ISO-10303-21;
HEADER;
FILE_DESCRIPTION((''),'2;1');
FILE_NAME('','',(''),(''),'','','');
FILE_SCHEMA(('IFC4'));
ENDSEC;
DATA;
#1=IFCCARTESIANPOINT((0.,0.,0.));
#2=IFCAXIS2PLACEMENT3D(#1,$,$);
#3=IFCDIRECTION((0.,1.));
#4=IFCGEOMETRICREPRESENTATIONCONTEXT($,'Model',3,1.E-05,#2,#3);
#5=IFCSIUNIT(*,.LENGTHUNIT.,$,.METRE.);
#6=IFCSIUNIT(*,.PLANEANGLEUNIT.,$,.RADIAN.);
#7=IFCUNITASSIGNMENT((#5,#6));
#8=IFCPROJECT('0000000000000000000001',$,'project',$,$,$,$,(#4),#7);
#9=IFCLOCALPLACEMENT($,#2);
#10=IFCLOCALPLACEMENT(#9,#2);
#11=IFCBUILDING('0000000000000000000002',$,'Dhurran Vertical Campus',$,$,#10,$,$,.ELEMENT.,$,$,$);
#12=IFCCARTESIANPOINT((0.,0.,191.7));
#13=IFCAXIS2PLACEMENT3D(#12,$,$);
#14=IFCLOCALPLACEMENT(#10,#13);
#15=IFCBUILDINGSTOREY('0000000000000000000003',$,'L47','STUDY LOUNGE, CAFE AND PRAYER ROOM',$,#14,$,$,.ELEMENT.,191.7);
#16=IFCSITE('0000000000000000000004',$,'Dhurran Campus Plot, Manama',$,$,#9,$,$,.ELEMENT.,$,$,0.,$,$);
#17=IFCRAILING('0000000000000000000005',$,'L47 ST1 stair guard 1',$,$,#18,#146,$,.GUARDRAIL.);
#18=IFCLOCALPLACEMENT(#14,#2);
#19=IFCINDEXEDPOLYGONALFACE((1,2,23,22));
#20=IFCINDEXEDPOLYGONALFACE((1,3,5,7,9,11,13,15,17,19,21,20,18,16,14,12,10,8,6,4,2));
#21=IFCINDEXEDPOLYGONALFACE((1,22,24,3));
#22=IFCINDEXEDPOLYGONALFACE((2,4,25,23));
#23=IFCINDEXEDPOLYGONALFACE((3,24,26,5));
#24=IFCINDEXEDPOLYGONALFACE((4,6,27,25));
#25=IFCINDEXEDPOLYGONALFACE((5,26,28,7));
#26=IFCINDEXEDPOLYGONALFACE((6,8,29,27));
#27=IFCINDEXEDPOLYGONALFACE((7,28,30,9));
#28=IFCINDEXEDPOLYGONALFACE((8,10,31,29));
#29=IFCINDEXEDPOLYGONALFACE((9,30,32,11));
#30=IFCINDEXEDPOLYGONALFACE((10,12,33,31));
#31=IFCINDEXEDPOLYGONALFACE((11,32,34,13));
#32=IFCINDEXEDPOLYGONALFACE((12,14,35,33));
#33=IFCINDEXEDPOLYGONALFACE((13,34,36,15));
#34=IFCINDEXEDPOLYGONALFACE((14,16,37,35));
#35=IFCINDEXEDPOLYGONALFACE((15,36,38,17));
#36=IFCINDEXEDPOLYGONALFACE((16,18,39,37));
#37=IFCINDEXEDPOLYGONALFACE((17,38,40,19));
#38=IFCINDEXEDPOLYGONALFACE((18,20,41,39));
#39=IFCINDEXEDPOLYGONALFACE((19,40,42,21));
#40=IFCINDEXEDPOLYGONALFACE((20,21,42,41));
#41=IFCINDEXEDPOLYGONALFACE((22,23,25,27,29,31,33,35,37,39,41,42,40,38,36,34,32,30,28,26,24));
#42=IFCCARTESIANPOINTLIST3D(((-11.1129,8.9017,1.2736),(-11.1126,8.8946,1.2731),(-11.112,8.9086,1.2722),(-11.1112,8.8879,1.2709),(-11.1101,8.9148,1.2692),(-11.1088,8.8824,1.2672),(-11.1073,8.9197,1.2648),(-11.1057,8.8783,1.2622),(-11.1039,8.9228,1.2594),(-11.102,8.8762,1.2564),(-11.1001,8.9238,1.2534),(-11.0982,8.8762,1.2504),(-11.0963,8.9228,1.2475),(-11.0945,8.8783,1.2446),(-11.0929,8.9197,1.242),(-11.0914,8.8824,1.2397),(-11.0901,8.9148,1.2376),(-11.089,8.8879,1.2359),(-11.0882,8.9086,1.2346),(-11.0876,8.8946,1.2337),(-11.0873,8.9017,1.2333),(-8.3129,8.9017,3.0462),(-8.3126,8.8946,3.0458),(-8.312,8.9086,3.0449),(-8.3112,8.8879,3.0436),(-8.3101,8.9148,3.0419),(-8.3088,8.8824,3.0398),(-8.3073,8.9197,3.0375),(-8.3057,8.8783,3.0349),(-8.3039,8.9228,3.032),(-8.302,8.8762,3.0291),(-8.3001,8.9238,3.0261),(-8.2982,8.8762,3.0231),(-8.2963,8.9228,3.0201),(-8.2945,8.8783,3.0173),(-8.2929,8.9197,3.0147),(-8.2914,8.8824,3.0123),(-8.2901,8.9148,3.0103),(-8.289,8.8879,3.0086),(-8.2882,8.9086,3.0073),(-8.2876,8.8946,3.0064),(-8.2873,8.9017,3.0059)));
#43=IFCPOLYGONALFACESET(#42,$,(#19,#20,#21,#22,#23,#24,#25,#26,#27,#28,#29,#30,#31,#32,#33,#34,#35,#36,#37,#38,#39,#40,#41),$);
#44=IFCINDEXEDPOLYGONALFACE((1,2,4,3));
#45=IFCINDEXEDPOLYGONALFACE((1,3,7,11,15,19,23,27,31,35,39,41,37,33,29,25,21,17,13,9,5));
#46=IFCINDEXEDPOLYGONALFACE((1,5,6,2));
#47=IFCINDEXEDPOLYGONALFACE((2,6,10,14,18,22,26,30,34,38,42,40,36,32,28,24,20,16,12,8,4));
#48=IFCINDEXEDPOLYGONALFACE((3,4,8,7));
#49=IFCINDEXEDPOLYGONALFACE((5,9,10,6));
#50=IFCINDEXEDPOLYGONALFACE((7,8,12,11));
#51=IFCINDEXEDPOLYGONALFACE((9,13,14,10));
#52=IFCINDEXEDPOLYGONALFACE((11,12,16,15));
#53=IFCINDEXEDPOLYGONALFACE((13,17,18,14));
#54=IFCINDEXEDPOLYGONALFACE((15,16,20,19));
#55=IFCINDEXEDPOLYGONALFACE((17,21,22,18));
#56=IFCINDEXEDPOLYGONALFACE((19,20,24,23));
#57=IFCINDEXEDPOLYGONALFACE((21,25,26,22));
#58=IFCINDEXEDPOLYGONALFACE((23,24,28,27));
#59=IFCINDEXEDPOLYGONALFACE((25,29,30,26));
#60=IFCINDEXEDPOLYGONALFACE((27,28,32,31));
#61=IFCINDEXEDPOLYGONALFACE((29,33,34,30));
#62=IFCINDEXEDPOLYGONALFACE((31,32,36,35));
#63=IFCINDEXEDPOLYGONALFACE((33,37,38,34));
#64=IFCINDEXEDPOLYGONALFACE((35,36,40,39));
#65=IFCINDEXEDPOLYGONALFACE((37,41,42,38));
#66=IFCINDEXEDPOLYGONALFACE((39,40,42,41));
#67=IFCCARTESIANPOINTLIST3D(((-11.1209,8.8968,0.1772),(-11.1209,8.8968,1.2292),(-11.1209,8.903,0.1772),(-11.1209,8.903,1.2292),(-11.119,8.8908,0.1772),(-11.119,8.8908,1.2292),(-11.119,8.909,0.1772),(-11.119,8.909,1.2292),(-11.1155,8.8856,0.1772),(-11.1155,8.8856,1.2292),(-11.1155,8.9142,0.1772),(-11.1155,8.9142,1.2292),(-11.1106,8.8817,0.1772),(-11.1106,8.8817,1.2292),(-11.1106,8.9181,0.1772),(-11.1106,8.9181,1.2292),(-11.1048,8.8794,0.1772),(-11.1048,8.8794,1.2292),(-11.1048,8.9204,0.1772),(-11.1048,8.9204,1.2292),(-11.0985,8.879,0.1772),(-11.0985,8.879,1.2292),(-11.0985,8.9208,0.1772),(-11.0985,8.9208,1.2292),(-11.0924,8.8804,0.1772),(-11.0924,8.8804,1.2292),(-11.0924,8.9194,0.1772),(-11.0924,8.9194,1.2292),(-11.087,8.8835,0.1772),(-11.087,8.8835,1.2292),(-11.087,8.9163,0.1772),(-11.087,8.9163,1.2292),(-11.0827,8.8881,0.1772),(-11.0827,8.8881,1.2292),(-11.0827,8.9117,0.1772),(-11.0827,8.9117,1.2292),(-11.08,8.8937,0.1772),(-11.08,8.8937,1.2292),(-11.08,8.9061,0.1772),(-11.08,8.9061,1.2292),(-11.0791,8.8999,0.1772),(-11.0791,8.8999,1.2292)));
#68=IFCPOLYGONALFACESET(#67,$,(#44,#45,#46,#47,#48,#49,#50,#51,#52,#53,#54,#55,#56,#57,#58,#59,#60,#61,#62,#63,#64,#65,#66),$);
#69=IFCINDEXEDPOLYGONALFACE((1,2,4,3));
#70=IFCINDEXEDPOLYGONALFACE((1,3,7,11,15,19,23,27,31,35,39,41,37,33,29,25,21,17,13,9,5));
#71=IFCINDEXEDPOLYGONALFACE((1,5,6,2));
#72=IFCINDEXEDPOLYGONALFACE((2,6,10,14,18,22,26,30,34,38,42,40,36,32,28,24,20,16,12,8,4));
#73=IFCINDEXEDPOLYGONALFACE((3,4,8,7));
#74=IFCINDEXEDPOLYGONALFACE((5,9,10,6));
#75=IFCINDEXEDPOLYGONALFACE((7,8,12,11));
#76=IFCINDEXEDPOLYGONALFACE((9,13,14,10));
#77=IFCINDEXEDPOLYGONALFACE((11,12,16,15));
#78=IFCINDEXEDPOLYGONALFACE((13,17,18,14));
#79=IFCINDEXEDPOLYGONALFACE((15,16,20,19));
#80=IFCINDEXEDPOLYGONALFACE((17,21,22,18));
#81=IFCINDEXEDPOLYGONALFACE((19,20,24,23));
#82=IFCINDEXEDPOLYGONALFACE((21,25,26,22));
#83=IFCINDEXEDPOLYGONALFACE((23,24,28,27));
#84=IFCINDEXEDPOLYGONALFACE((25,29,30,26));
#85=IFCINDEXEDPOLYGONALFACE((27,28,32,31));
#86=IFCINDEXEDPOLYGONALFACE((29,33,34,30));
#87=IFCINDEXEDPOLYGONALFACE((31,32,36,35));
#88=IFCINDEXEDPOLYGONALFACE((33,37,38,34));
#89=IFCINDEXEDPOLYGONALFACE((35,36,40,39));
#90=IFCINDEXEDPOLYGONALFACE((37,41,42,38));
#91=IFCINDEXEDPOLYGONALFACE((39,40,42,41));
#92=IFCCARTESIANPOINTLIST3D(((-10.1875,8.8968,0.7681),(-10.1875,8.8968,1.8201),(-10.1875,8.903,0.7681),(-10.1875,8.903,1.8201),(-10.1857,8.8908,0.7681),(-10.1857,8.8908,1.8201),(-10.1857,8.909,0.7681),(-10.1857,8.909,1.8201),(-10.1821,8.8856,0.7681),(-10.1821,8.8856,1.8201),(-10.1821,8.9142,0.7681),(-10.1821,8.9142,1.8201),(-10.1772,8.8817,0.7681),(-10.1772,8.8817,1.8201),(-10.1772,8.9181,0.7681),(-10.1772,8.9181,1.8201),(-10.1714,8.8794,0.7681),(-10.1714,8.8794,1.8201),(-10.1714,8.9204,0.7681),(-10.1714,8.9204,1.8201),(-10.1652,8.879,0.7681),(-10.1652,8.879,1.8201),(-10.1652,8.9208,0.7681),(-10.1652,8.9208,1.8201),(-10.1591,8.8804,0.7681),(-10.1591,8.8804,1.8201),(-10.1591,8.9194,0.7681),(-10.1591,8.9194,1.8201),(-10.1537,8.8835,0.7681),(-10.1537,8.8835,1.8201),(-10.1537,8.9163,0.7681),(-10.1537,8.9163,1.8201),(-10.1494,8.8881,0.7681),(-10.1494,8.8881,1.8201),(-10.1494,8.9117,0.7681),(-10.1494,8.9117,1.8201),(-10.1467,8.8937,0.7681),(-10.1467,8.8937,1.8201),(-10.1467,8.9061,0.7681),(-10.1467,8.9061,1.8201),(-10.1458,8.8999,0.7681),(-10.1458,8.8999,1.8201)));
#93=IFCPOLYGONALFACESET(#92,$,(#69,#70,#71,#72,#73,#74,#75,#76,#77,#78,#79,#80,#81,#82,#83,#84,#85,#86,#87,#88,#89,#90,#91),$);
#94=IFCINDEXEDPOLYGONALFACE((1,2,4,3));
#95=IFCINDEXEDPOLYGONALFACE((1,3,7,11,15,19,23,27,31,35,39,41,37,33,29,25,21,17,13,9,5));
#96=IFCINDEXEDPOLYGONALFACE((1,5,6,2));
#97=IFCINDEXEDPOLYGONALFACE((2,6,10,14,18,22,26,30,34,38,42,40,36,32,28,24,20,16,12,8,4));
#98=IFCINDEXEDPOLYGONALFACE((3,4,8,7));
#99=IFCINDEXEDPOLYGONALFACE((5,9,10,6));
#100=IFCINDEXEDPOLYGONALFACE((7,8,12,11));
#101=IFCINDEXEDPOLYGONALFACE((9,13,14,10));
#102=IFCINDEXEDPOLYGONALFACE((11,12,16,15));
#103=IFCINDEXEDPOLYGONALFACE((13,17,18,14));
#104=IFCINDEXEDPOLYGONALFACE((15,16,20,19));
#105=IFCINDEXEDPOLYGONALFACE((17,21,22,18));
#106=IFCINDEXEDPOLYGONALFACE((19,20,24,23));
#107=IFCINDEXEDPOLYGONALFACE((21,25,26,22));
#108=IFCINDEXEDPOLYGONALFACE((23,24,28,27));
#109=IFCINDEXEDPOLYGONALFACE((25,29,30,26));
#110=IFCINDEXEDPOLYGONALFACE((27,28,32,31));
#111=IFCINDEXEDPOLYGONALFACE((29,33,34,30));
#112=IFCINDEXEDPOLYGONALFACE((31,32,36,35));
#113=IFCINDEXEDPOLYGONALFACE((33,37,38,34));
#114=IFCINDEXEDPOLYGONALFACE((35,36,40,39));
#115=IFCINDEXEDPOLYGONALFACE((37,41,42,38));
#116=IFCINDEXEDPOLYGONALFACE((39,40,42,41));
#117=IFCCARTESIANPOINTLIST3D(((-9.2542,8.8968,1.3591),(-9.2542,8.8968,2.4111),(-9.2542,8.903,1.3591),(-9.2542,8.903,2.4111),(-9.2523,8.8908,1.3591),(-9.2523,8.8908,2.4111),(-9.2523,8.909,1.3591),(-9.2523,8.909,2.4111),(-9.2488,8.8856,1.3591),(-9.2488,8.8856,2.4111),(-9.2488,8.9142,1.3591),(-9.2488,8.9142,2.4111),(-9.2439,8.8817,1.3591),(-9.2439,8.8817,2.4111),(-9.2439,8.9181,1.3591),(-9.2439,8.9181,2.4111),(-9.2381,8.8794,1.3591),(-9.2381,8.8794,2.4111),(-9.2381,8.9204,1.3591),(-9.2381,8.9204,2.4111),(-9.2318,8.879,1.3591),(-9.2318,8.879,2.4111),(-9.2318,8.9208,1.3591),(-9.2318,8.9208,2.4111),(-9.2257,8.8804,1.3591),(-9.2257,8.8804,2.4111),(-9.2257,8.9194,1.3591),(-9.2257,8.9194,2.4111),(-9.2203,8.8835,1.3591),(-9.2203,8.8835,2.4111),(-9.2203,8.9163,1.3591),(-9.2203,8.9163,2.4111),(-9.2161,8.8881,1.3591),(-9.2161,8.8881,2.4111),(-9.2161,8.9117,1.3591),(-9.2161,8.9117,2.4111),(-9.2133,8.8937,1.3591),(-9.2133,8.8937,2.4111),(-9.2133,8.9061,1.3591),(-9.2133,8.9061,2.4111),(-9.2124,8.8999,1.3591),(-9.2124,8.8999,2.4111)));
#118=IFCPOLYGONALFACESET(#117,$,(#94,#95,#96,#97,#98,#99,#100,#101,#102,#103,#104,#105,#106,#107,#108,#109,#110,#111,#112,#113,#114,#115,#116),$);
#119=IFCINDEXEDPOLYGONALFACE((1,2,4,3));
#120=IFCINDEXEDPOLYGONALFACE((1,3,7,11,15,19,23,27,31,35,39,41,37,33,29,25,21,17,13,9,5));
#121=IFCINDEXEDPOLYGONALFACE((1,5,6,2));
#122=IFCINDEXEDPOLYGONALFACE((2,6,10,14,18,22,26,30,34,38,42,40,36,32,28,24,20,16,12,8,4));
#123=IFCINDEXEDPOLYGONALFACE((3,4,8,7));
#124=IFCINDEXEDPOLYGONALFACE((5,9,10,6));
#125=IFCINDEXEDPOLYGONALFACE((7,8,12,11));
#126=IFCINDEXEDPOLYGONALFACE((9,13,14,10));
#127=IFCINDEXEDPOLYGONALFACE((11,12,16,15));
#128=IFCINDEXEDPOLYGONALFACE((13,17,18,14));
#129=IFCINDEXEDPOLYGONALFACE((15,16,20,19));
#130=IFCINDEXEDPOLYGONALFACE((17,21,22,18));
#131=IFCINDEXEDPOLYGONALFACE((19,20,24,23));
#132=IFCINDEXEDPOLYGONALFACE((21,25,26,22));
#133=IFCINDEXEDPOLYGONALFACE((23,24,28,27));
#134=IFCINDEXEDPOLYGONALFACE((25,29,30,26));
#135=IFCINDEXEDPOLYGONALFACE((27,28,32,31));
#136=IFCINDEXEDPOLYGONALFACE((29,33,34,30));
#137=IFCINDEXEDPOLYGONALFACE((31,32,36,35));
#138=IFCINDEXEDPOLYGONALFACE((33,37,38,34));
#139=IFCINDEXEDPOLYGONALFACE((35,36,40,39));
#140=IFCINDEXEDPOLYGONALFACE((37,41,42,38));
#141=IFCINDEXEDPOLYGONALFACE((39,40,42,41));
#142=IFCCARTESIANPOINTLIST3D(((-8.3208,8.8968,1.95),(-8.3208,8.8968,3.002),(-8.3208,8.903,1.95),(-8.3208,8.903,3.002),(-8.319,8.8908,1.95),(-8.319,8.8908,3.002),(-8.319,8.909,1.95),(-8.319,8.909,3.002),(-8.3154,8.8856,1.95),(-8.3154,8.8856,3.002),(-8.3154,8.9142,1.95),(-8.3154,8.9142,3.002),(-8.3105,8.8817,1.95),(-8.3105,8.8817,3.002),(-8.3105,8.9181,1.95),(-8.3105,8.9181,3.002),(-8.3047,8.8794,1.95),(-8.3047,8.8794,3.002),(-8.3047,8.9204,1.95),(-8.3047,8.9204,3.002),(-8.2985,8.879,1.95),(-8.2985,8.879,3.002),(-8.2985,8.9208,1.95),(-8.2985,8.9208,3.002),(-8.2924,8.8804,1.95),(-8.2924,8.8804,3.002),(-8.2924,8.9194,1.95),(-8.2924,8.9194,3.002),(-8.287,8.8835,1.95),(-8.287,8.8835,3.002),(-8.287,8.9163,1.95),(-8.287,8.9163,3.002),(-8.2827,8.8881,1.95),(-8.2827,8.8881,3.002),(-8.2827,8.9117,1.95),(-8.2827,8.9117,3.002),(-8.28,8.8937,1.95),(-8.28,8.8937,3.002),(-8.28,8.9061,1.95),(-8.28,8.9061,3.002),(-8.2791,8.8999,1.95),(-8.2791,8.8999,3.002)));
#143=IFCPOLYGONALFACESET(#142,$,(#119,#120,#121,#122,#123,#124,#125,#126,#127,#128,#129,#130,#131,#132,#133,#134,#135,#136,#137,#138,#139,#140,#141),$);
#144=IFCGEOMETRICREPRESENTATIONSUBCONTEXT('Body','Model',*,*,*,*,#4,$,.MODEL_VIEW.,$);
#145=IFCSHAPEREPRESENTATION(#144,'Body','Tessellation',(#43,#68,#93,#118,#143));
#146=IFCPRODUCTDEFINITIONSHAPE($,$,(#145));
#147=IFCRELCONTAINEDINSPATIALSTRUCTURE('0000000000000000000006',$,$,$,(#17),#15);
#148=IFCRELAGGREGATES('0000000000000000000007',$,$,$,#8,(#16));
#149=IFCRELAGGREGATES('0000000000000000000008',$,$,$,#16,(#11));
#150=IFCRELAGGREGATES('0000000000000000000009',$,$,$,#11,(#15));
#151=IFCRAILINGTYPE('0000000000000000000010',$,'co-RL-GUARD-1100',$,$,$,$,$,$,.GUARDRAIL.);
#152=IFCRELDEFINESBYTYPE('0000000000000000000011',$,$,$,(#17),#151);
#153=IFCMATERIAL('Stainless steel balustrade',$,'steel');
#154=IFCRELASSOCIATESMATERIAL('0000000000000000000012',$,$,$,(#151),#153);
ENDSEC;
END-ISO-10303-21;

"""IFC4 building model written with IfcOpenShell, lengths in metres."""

from ifc_helpers import new_model, si_unit, direction, frame, origin, origin_2d, place, context, subcontext, project, spatial, circle, extrude, material, type_object, element, save


model = new_model("IFC4")

# Units and contexts
model_context = context("Model", 3, precision=1e-05, world=origin(), true_north=direction((0.0, 1.0)))
body_context = subcontext(model_context, "Body", "Model", "MODEL_VIEW")
ifc_project = project(units=[si_unit("LENGTHUNIT", "METRE"), si_unit("PLANEANGLEUNIT", "RADIAN")], contexts=[model_context])

# Site, building, storey
site_placement = place(None, origin())
site = spatial("IfcSite", under=ifc_project, at=site_placement, Name="Dhurran Campus Plot, Manama", CompositionType="ELEMENT", RefElevation=0.0)
building_placement = place(site_placement, origin())
building = spatial("IfcBuilding", under=site, at=building_placement, Name="Dhurran Vertical Campus", CompositionType="ELEMENT")
storey_placement = place(building_placement, frame((0.0, 0.0, 191.7)))
storey = spatial("IfcBuildingStorey", under=building, at=storey_placement, Name="L47", Description="STUDY LOUNGE, CAFE AND PRAYER ROOM", CompositionType="ELEMENT", Elevation=191.7)

# Railing
ifc_material_1 = material(Name="Stainless steel balustrade", Category="steel")
railing_type_1 = type_object("IfcRailingType", Name="co-RL-GUARD-1100", PredefinedType="GUARDRAIL", material=ifc_material_1)
railing_1_placement = place(storey_placement, frame((-11.1001, 8.8999, 0.1772)))
element("IfcRailing", 1, at=railing_1_placement, inside=storey, type_object=railing_type_1, Name="L47 ST1 stair guard 1", PredefinedType="GUARDRAIL", context=body_context, shape_type="SweptSolid", body=[
    extrude(circle(Radius=0.0239, at=origin_2d()), frame((0.0, 0.0, 1.0762), z_axis=(0.844909, 0.0, 0.53491), x_axis=(0.0, 1.0, 0.0)), (0.0, 0.0, 1.0), 3.314),
    extrude(circle(Radius=0.021, at=origin_2d()), origin(), (0.0, 0.0, 1.0), 1.052),
    extrude(circle(Radius=0.021, at=origin_2d()), frame((0.9333, 0.0, 0.5908)), (0.0, 0.0, 1.0), 1.052),
    extrude(circle(Radius=0.021, at=origin_2d()), frame((1.8667, 0.0, 1.1819)), (0.0, 0.0, 1.0), 1.052),
    extrude(circle(Radius=0.021, at=origin_2d()), frame((2.8, 0.0, 1.7727)), (0.0, 0.0, 1.0), 1.052),
])

save(model, "model.ifc")
